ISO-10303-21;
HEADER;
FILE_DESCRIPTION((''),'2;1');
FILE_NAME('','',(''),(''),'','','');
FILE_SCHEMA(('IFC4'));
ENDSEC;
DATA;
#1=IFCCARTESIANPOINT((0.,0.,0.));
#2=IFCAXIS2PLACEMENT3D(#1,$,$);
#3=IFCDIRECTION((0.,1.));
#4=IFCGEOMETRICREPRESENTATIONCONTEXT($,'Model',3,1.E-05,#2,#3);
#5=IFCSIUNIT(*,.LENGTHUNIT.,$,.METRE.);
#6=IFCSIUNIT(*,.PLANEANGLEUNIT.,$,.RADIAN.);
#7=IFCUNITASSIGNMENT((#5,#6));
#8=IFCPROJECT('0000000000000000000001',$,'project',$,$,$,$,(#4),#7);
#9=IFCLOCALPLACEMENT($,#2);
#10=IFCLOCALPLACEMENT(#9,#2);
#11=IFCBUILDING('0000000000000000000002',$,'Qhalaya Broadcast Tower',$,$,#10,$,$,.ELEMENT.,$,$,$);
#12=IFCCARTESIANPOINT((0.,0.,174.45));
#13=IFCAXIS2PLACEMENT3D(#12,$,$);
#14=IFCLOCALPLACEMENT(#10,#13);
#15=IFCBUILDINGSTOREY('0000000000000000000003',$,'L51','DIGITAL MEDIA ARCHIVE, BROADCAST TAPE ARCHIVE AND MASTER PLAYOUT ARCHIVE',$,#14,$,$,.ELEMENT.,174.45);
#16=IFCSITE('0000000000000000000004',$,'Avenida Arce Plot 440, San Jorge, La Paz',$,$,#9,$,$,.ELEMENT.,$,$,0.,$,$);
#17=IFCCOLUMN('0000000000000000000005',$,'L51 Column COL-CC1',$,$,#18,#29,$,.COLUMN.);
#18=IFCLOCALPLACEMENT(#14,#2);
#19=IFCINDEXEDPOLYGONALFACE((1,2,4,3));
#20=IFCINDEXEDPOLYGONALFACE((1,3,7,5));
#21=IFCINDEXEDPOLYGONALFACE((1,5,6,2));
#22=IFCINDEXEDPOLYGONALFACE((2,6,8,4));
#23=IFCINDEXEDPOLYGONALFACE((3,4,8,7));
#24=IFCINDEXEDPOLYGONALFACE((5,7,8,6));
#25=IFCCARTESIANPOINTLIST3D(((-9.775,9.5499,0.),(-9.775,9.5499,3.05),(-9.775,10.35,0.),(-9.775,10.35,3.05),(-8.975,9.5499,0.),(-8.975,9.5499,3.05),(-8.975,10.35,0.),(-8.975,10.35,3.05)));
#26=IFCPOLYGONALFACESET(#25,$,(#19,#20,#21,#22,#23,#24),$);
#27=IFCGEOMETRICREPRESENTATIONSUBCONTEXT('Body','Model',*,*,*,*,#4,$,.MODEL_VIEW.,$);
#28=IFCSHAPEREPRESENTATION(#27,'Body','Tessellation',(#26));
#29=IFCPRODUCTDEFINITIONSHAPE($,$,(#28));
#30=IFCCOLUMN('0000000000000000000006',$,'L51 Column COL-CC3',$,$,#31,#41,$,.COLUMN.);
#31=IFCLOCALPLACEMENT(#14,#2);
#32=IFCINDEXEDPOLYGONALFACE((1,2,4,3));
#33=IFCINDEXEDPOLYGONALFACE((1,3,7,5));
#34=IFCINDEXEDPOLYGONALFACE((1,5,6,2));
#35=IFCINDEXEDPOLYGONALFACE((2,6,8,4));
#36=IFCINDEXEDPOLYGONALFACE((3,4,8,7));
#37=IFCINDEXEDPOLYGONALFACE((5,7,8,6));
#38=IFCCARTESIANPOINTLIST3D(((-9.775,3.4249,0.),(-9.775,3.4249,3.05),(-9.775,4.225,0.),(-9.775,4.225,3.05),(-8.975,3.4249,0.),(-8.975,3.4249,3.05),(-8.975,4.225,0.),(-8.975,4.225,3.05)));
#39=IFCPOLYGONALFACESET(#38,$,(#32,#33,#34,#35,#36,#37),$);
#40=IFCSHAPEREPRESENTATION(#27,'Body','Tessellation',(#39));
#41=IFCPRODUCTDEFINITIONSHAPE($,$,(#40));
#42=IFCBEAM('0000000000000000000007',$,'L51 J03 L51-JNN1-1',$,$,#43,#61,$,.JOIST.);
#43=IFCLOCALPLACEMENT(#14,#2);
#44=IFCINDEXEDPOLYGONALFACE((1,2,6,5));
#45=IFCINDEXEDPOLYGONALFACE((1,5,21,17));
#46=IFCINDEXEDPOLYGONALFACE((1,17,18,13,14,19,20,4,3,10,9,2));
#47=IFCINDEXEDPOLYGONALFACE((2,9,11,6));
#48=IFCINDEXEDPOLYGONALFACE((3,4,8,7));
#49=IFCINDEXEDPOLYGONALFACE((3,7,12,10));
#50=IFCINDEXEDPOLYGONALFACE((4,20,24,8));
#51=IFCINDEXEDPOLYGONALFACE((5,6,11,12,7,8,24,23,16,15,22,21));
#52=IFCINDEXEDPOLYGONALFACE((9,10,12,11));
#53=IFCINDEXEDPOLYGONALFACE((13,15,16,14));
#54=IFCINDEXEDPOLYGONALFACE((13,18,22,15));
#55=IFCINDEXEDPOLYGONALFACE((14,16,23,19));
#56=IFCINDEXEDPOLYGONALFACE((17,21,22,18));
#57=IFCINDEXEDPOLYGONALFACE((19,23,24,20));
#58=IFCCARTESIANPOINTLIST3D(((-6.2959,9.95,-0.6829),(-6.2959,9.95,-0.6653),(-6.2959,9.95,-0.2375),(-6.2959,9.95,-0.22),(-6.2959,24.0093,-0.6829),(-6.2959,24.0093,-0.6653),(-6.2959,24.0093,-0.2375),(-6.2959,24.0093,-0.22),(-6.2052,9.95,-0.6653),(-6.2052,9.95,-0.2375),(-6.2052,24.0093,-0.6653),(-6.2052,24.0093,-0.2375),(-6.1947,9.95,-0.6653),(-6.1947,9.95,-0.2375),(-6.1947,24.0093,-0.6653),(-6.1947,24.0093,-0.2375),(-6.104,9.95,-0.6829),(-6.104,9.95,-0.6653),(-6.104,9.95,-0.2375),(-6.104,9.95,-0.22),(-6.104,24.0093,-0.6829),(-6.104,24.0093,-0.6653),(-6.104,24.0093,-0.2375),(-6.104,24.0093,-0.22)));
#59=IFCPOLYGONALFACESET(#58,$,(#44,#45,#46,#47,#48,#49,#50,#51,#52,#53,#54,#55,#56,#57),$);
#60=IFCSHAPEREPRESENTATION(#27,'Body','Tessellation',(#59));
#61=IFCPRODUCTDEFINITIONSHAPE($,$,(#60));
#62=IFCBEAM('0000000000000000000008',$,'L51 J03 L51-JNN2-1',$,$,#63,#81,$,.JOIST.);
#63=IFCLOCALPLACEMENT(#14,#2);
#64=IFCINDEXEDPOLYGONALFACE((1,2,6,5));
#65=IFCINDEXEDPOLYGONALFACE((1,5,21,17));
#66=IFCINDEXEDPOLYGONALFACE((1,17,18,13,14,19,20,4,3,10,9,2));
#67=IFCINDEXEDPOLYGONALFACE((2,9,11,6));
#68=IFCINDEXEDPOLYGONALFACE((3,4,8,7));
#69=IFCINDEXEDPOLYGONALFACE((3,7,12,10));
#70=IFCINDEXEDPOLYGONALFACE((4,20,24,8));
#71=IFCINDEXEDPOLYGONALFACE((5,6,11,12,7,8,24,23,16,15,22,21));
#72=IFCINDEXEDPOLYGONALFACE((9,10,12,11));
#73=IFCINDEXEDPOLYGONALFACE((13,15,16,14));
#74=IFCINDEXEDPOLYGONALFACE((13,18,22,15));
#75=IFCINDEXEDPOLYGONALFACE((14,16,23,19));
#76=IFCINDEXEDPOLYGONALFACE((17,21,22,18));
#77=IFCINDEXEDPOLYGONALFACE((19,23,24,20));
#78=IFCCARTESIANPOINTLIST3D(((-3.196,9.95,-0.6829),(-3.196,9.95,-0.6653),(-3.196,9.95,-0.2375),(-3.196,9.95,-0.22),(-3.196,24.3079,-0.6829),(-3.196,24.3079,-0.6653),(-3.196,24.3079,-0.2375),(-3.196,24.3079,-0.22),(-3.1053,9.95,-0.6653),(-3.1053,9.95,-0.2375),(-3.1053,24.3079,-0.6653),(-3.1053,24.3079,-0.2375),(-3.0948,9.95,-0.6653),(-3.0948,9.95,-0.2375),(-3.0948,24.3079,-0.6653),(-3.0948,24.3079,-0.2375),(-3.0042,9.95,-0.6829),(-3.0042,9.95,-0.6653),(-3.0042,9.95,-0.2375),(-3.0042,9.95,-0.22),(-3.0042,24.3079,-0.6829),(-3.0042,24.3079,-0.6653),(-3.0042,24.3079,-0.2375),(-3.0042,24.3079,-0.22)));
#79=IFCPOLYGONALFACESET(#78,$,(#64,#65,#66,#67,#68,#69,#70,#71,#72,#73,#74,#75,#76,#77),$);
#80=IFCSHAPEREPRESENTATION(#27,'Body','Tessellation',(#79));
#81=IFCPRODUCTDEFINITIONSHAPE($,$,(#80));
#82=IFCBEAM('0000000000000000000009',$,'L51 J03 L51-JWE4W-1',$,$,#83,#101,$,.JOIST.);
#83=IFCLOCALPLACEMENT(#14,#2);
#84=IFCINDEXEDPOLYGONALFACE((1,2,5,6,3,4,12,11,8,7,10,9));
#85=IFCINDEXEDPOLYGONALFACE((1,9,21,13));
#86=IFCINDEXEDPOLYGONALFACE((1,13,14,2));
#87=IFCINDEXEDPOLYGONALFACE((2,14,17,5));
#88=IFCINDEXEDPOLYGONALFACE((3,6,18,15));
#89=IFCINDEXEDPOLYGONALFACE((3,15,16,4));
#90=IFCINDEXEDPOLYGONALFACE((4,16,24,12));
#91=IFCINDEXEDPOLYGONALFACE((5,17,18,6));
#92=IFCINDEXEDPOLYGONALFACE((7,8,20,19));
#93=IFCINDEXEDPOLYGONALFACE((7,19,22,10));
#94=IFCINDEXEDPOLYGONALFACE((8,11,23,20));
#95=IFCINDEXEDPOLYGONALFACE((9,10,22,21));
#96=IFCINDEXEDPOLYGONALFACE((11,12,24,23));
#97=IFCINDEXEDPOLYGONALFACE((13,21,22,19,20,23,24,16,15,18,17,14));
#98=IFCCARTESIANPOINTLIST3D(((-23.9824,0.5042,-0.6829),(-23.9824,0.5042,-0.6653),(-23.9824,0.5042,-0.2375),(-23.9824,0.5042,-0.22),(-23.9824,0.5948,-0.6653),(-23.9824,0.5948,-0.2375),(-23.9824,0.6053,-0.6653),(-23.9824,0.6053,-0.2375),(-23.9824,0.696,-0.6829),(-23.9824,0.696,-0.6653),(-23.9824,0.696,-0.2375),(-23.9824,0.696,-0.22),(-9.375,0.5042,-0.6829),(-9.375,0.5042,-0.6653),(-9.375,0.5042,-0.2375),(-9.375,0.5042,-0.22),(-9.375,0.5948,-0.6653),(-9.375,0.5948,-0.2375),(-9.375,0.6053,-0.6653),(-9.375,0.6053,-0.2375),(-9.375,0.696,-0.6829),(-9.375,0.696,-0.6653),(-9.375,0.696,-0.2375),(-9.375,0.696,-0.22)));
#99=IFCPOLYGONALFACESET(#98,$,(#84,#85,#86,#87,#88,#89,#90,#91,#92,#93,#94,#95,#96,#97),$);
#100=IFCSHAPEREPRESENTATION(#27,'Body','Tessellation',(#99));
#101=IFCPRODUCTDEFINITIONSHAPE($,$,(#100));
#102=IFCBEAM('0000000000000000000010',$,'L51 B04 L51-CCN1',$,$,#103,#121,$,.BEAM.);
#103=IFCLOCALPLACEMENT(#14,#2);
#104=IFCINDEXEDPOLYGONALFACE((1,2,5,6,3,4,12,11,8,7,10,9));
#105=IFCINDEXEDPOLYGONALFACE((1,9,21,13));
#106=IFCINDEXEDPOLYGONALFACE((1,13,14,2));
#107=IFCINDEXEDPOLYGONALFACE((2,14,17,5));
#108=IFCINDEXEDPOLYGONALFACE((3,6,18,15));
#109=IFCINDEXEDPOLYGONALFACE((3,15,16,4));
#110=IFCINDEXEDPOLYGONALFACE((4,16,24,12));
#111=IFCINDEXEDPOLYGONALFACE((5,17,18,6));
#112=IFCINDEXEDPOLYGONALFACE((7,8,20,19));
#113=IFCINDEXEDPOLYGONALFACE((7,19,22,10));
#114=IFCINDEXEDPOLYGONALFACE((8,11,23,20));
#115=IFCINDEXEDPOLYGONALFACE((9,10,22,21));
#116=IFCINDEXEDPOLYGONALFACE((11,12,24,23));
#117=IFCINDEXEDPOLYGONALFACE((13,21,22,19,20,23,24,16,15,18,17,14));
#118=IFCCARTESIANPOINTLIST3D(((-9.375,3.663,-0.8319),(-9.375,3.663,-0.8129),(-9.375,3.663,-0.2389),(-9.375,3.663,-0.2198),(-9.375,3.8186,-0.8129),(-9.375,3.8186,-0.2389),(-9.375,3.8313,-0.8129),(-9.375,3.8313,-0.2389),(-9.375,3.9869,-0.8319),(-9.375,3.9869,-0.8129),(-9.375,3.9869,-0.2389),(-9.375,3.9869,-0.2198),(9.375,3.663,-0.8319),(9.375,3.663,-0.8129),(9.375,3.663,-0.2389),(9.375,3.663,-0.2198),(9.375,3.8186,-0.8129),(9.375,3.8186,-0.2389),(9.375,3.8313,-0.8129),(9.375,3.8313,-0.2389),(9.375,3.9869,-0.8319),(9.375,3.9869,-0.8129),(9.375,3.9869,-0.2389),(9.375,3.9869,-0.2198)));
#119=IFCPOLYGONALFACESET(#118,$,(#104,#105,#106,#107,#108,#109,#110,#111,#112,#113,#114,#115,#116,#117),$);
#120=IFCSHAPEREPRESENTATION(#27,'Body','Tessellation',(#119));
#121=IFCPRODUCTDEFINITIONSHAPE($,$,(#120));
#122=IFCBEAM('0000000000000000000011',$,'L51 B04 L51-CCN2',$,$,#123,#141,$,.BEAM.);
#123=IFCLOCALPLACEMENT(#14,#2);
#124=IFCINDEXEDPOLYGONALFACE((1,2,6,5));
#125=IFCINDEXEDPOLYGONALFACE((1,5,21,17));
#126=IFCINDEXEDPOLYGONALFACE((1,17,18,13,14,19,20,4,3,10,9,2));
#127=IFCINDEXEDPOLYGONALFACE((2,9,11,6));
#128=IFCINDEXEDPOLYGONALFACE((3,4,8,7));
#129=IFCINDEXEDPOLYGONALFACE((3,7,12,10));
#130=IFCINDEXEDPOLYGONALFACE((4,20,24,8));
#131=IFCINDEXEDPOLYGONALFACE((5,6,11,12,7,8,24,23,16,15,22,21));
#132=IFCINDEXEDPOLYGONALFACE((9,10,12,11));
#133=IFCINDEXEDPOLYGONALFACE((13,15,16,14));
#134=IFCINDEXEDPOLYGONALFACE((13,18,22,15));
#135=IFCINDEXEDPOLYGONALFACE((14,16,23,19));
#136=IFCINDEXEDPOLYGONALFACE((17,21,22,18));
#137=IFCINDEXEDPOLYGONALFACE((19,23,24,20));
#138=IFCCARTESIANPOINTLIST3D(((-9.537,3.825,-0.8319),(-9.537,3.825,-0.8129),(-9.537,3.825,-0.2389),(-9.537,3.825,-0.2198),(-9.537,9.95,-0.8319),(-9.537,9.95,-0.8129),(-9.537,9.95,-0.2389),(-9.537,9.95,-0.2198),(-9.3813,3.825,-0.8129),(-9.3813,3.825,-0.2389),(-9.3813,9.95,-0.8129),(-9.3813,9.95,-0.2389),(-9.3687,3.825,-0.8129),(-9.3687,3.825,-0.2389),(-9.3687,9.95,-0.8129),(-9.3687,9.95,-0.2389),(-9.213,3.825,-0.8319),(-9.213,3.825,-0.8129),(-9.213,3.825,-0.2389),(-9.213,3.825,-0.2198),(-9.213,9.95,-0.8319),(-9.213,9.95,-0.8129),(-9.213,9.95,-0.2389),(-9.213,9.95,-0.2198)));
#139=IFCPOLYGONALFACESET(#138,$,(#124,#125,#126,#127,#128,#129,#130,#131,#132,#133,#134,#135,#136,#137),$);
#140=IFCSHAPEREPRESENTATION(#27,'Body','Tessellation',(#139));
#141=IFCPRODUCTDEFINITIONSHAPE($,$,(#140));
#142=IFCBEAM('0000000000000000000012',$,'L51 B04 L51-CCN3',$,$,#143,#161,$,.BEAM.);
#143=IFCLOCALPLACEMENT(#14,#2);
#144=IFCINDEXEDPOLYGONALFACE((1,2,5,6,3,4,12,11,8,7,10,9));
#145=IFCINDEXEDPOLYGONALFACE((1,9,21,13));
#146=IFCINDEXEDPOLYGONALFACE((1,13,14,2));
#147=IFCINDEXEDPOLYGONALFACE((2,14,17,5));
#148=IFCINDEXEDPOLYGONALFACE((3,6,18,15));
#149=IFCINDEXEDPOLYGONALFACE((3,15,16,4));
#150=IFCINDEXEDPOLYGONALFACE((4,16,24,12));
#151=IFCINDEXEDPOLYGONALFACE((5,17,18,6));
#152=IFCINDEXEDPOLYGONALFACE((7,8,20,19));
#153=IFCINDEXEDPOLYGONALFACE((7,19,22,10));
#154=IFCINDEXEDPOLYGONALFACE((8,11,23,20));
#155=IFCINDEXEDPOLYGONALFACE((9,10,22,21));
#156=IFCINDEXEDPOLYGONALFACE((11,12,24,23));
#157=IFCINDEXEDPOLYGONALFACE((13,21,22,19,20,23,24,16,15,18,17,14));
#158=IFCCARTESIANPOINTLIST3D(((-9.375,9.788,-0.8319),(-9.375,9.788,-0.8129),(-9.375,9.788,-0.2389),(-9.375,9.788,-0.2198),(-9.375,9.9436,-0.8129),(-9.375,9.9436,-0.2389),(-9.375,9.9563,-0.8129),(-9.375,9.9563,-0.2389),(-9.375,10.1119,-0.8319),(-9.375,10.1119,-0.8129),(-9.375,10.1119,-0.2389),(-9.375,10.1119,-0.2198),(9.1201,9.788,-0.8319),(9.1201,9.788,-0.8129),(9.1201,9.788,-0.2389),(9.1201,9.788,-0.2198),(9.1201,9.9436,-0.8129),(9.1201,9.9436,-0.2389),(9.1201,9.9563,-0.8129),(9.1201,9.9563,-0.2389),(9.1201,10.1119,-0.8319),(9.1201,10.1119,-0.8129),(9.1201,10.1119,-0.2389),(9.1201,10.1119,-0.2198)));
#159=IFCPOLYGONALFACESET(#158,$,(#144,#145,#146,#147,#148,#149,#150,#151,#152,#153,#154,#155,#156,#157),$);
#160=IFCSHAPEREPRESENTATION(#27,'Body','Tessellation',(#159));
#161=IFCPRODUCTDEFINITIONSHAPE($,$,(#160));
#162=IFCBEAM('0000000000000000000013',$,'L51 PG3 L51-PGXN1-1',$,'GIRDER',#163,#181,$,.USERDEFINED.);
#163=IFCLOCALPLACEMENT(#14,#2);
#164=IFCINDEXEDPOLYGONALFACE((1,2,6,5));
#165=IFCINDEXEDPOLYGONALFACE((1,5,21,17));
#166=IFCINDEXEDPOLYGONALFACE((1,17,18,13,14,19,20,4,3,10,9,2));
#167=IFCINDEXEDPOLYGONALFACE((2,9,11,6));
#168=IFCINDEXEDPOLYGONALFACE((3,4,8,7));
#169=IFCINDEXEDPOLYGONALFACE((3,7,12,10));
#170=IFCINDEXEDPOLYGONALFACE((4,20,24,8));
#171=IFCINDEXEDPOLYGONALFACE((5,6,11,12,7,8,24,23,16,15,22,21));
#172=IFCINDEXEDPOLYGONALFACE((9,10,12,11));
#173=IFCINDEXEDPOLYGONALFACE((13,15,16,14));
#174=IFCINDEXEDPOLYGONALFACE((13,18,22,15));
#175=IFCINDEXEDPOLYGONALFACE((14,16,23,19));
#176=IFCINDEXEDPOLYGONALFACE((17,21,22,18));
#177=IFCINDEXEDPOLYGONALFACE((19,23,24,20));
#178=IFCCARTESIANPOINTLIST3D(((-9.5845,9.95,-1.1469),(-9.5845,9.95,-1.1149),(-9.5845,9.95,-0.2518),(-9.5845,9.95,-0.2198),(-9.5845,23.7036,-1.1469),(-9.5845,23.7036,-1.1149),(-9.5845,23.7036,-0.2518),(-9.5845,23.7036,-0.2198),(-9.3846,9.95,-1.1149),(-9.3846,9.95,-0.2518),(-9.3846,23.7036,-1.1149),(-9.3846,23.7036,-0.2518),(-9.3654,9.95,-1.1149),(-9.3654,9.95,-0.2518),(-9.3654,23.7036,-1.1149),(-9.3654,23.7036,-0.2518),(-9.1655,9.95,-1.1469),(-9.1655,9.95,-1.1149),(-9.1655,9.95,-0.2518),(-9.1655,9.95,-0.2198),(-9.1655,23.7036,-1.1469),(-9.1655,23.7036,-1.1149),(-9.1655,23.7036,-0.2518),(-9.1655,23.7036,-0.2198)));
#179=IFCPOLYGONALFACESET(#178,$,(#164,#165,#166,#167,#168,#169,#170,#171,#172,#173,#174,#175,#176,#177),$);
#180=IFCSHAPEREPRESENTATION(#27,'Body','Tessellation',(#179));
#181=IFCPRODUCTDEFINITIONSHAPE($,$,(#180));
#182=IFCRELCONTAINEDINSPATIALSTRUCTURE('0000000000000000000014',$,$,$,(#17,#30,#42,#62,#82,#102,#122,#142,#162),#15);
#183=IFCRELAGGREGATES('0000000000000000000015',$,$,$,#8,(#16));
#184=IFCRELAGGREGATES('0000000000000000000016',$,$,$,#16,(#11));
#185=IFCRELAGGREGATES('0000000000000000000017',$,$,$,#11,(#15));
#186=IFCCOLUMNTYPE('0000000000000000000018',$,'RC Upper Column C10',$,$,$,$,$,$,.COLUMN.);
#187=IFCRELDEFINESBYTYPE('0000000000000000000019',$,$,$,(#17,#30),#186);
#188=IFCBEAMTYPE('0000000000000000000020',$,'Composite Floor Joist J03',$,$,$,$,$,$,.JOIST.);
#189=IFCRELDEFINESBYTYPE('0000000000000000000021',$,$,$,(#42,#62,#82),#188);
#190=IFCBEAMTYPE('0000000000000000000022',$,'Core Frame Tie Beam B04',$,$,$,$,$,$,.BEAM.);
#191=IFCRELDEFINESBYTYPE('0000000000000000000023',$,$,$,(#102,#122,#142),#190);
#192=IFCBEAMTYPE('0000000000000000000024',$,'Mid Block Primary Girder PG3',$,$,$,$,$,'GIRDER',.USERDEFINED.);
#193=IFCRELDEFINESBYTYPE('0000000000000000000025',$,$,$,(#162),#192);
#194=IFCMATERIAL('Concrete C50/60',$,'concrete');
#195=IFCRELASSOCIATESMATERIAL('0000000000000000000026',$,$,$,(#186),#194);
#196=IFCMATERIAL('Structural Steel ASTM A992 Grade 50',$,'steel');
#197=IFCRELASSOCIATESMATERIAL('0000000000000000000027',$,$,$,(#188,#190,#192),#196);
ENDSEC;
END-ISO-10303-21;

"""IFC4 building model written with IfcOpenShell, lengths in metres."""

from ifc_helpers import new_model, si_unit, direction, frame, origin, origin_2d, place, context, subcontext, project, spatial, rectangle, i_section, extrude, material, material_profile, profile_set, type_object, element, save


model = new_model("IFC4")

# Units and contexts
model_context = context("Model", 3, precision=1e-05, world=origin(), true_north=direction((0.0, 1.0)))
body_context = subcontext(model_context, "Body", "Model", "MODEL_VIEW")
ifc_project = project(units=[si_unit("LENGTHUNIT", "METRE"), si_unit("PLANEANGLEUNIT", "RADIAN")], contexts=[model_context])

# Site, building, storey
site_placement = place(None, origin())
site = spatial("IfcSite", under=ifc_project, at=site_placement, Name="Avenida Arce Plot 440, San Jorge, La Paz", CompositionType="ELEMENT", RefElevation=0.0)
building_placement = place(site_placement, origin())
building = spatial("IfcBuilding", under=site, at=building_placement, Name="Qhalaya Broadcast Tower", CompositionType="ELEMENT")
storey_placement = place(building_placement, frame((0.0, 0.0, 174.45)))
storey = spatial("IfcBuildingStorey", under=building, at=storey_placement, Name="L51", Description="DIGITAL MEDIA ARCHIVE, BROADCAST TAPE ARCHIVE AND MASTER PLAYOUT ARCHIVE", CompositionType="ELEMENT", Elevation=174.45)

# Columns
ifc_material_1 = material(Name="Concrete C50/60", Category="concrete")
ifc_material_profile_1 = material_profile(ifc_material_1, rectangle(XDim=0.8, YDim=0.8, at=origin_2d()), Name="RC-COL 800x800")
ifc_profile_set_1 = profile_set([ifc_material_profile_1], Name="Concrete C50/60")
column_type = type_object("IfcColumnType", Name="RC Upper Column C10", PredefinedType="COLUMN", material=ifc_profile_set_1)
for number, where, z_axis, x_axis, name in (
    (1, (-9.375, 9.95, 0.0), (0.0, 0.0, 1.0), (1.0, 0.0, 0.0), "L51 Column COL-CC1"),
    (2, (-9.375, 3.825, 0.0), (0.0, 0.0, 1.0), (1.0, 0.0, 0.0), "L51 Column COL-CC3"),
):
    element("IfcColumn", number, at=place(storey_placement, frame(where, z_axis=z_axis, x_axis=x_axis)), inside=storey, type_object=column_type, Name=name, PredefinedType="COLUMN", context=body_context, shape_type="SweptSolid", body=[
        extrude(rectangle(XDim=0.8, YDim=0.8, at=origin_2d()), origin(), (0.0, 0.0, 1.0), 3.05),
    ])

# Beams
ifc_material_2 = material(Name="Structural Steel ASTM A992 Grade 50", Category="steel")
ifc_material_profile_2 = material_profile(ifc_material_2, i_section(OverallWidth=0.1919, OverallDepth=0.4629, WebThickness=0.0105, FlangeThickness=0.0176, at=origin_2d()), Name="W18X60")
ifc_profile_set_2 = profile_set([ifc_material_profile_2], Name="Structural Steel ASTM A992 Grade 50")
beam_type_1 = type_object("IfcBeamType", Name="Composite Floor Joist J03", PredefinedType="JOIST", material=ifc_profile_set_2)
beam_1_placement = place(storey_placement, frame((-6.2, 9.95, -0.4514), z_axis=(0.0, 1.0, 0.0), x_axis=(-1.0, 0.0, 0.0)))
element("IfcBeam", 3, at=beam_1_placement, inside=storey, type_object=beam_type_1, Name="L51 J03 L51-JNN1-1", PredefinedType="JOIST", context=body_context, shape_type="SweptSolid", body=[
    extrude(i_section(OverallWidth=0.1919, OverallDepth=0.4629, WebThickness=0.0105, FlangeThickness=0.0176, at=origin_2d()), origin(), (0.0, 0.0, 1.0), 14.0593),
])
beam_2_placement = place(storey_placement, frame((-3.1001, 9.95, -0.4514), z_axis=(0.0, 1.0, 0.0), x_axis=(-1.0, 0.0, 0.0)))
element("IfcBeam", 4, at=beam_2_placement, inside=storey, type_object=beam_type_1, Name="L51 J03 L51-JNN2-1", PredefinedType="JOIST", context=body_context, shape_type="SweptSolid", body=[
    extrude(i_section(OverallWidth=0.1919, OverallDepth=0.4629, WebThickness=0.0105, FlangeThickness=0.0176, at=origin_2d()), origin(), (0.0, 0.0, 1.0), 14.3579),
])
beam_3_placement = place(storey_placement, frame((-23.9824, 0.6001, -0.4514), z_axis=(1.0, 0.0, 0.0), x_axis=(0.0, 1.0, 0.0)))
element("IfcBeam", 5, at=beam_3_placement, inside=storey, type_object=beam_type_1, Name="L51 J03 L51-JWE4W-1", PredefinedType="JOIST", context=body_context, shape_type="SweptSolid", body=[
    extrude(i_section(OverallWidth=0.1919, OverallDepth=0.4629, WebThickness=0.0105, FlangeThickness=0.0176, at=origin_2d()), origin(), (0.0, 0.0, 1.0), 14.6074),
])
ifc_material_profile_3 = material_profile(ifc_material_2, i_section(OverallWidth=0.324, OverallDepth=0.6121, WebThickness=0.0127, FlangeThickness=0.019, at=origin_2d()), Name="W24X104")
ifc_profile_set_3 = profile_set([ifc_material_profile_3], Name="Structural Steel ASTM A992 Grade 50")
beam_type_2 = type_object("IfcBeamType", Name="Core Frame Tie Beam B04", PredefinedType="BEAM", material=ifc_profile_set_3)
beam_4_placement = place(storey_placement, frame((-9.375, 3.825, -0.5259), z_axis=(1.0, 0.0, 0.0), x_axis=(0.0, 1.0, 0.0)))
element("IfcBeam", 6, at=beam_4_placement, inside=storey, type_object=beam_type_2, Name="L51 B04 L51-CCN1", PredefinedType="BEAM", context=body_context, shape_type="SweptSolid", body=[
    extrude(i_section(OverallWidth=0.324, OverallDepth=0.6121, WebThickness=0.0127, FlangeThickness=0.019, at=origin_2d()), origin(), (0.0, 0.0, 1.0), 18.75),
])
beam_5_placement = place(storey_placement, frame((-9.375, 3.825, -0.5259), z_axis=(0.0, 1.0, 0.0), x_axis=(-1.0, 0.0, 0.0)))
element("IfcBeam", 7, at=beam_5_placement, inside=storey, type_object=beam_type_2, Name="L51 B04 L51-CCN2", PredefinedType="BEAM", context=body_context, shape_type="SweptSolid", body=[
    extrude(i_section(OverallWidth=0.324, OverallDepth=0.6121, WebThickness=0.0127, FlangeThickness=0.019, at=origin_2d()), origin(), (0.0, 0.0, 1.0), 6.125),
])
beam_6_placement = place(storey_placement, frame((-9.375, 9.95, -0.5259), z_axis=(1.0, 0.0, 0.0), x_axis=(0.0, 1.0, 0.0)))
element("IfcBeam", 8, at=beam_6_placement, inside=storey, type_object=beam_type_2, Name="L51 B04 L51-CCN3", PredefinedType="BEAM", context=body_context, shape_type="SweptSolid", body=[
    extrude(i_section(OverallWidth=0.324, OverallDepth=0.6121, WebThickness=0.0127, FlangeThickness=0.019, at=origin_2d()), origin(), (0.0, 0.0, 1.0), 18.4951),
])
ifc_material_profile_4 = material_profile(ifc_material_2, i_section(OverallWidth=0.4189, OverallDepth=0.927, WebThickness=0.0193, FlangeThickness=0.032, at=origin_2d()), Name="W36X231")
ifc_profile_set_4 = profile_set([ifc_material_profile_4], Name="Structural Steel ASTM A992 Grade 50")
beam_type_3 = type_object("IfcBeamType", Name="Mid Block Primary Girder PG3", ElementType="GIRDER", PredefinedType="USERDEFINED", material=ifc_profile_set_4)
beam_7_placement = place(storey_placement, frame((-9.375, 9.95, -0.6833), z_axis=(0.0, 1.0, 0.0), x_axis=(-1.0, 0.0, 0.0)))
element("IfcBeam", 9, at=beam_7_placement, inside=storey, type_object=beam_type_3, Name="L51 PG3 L51-PGXN1-1", ObjectType="GIRDER", PredefinedType="USERDEFINED", context=body_context, shape_type="SweptSolid", body=[
    extrude(i_section(OverallWidth=0.4189, OverallDepth=0.927, WebThickness=0.0193, FlangeThickness=0.032, at=origin_2d()), origin(), (0.0, 0.0, 1.0), 13.7537),
])

save(model, "model.ifc")
